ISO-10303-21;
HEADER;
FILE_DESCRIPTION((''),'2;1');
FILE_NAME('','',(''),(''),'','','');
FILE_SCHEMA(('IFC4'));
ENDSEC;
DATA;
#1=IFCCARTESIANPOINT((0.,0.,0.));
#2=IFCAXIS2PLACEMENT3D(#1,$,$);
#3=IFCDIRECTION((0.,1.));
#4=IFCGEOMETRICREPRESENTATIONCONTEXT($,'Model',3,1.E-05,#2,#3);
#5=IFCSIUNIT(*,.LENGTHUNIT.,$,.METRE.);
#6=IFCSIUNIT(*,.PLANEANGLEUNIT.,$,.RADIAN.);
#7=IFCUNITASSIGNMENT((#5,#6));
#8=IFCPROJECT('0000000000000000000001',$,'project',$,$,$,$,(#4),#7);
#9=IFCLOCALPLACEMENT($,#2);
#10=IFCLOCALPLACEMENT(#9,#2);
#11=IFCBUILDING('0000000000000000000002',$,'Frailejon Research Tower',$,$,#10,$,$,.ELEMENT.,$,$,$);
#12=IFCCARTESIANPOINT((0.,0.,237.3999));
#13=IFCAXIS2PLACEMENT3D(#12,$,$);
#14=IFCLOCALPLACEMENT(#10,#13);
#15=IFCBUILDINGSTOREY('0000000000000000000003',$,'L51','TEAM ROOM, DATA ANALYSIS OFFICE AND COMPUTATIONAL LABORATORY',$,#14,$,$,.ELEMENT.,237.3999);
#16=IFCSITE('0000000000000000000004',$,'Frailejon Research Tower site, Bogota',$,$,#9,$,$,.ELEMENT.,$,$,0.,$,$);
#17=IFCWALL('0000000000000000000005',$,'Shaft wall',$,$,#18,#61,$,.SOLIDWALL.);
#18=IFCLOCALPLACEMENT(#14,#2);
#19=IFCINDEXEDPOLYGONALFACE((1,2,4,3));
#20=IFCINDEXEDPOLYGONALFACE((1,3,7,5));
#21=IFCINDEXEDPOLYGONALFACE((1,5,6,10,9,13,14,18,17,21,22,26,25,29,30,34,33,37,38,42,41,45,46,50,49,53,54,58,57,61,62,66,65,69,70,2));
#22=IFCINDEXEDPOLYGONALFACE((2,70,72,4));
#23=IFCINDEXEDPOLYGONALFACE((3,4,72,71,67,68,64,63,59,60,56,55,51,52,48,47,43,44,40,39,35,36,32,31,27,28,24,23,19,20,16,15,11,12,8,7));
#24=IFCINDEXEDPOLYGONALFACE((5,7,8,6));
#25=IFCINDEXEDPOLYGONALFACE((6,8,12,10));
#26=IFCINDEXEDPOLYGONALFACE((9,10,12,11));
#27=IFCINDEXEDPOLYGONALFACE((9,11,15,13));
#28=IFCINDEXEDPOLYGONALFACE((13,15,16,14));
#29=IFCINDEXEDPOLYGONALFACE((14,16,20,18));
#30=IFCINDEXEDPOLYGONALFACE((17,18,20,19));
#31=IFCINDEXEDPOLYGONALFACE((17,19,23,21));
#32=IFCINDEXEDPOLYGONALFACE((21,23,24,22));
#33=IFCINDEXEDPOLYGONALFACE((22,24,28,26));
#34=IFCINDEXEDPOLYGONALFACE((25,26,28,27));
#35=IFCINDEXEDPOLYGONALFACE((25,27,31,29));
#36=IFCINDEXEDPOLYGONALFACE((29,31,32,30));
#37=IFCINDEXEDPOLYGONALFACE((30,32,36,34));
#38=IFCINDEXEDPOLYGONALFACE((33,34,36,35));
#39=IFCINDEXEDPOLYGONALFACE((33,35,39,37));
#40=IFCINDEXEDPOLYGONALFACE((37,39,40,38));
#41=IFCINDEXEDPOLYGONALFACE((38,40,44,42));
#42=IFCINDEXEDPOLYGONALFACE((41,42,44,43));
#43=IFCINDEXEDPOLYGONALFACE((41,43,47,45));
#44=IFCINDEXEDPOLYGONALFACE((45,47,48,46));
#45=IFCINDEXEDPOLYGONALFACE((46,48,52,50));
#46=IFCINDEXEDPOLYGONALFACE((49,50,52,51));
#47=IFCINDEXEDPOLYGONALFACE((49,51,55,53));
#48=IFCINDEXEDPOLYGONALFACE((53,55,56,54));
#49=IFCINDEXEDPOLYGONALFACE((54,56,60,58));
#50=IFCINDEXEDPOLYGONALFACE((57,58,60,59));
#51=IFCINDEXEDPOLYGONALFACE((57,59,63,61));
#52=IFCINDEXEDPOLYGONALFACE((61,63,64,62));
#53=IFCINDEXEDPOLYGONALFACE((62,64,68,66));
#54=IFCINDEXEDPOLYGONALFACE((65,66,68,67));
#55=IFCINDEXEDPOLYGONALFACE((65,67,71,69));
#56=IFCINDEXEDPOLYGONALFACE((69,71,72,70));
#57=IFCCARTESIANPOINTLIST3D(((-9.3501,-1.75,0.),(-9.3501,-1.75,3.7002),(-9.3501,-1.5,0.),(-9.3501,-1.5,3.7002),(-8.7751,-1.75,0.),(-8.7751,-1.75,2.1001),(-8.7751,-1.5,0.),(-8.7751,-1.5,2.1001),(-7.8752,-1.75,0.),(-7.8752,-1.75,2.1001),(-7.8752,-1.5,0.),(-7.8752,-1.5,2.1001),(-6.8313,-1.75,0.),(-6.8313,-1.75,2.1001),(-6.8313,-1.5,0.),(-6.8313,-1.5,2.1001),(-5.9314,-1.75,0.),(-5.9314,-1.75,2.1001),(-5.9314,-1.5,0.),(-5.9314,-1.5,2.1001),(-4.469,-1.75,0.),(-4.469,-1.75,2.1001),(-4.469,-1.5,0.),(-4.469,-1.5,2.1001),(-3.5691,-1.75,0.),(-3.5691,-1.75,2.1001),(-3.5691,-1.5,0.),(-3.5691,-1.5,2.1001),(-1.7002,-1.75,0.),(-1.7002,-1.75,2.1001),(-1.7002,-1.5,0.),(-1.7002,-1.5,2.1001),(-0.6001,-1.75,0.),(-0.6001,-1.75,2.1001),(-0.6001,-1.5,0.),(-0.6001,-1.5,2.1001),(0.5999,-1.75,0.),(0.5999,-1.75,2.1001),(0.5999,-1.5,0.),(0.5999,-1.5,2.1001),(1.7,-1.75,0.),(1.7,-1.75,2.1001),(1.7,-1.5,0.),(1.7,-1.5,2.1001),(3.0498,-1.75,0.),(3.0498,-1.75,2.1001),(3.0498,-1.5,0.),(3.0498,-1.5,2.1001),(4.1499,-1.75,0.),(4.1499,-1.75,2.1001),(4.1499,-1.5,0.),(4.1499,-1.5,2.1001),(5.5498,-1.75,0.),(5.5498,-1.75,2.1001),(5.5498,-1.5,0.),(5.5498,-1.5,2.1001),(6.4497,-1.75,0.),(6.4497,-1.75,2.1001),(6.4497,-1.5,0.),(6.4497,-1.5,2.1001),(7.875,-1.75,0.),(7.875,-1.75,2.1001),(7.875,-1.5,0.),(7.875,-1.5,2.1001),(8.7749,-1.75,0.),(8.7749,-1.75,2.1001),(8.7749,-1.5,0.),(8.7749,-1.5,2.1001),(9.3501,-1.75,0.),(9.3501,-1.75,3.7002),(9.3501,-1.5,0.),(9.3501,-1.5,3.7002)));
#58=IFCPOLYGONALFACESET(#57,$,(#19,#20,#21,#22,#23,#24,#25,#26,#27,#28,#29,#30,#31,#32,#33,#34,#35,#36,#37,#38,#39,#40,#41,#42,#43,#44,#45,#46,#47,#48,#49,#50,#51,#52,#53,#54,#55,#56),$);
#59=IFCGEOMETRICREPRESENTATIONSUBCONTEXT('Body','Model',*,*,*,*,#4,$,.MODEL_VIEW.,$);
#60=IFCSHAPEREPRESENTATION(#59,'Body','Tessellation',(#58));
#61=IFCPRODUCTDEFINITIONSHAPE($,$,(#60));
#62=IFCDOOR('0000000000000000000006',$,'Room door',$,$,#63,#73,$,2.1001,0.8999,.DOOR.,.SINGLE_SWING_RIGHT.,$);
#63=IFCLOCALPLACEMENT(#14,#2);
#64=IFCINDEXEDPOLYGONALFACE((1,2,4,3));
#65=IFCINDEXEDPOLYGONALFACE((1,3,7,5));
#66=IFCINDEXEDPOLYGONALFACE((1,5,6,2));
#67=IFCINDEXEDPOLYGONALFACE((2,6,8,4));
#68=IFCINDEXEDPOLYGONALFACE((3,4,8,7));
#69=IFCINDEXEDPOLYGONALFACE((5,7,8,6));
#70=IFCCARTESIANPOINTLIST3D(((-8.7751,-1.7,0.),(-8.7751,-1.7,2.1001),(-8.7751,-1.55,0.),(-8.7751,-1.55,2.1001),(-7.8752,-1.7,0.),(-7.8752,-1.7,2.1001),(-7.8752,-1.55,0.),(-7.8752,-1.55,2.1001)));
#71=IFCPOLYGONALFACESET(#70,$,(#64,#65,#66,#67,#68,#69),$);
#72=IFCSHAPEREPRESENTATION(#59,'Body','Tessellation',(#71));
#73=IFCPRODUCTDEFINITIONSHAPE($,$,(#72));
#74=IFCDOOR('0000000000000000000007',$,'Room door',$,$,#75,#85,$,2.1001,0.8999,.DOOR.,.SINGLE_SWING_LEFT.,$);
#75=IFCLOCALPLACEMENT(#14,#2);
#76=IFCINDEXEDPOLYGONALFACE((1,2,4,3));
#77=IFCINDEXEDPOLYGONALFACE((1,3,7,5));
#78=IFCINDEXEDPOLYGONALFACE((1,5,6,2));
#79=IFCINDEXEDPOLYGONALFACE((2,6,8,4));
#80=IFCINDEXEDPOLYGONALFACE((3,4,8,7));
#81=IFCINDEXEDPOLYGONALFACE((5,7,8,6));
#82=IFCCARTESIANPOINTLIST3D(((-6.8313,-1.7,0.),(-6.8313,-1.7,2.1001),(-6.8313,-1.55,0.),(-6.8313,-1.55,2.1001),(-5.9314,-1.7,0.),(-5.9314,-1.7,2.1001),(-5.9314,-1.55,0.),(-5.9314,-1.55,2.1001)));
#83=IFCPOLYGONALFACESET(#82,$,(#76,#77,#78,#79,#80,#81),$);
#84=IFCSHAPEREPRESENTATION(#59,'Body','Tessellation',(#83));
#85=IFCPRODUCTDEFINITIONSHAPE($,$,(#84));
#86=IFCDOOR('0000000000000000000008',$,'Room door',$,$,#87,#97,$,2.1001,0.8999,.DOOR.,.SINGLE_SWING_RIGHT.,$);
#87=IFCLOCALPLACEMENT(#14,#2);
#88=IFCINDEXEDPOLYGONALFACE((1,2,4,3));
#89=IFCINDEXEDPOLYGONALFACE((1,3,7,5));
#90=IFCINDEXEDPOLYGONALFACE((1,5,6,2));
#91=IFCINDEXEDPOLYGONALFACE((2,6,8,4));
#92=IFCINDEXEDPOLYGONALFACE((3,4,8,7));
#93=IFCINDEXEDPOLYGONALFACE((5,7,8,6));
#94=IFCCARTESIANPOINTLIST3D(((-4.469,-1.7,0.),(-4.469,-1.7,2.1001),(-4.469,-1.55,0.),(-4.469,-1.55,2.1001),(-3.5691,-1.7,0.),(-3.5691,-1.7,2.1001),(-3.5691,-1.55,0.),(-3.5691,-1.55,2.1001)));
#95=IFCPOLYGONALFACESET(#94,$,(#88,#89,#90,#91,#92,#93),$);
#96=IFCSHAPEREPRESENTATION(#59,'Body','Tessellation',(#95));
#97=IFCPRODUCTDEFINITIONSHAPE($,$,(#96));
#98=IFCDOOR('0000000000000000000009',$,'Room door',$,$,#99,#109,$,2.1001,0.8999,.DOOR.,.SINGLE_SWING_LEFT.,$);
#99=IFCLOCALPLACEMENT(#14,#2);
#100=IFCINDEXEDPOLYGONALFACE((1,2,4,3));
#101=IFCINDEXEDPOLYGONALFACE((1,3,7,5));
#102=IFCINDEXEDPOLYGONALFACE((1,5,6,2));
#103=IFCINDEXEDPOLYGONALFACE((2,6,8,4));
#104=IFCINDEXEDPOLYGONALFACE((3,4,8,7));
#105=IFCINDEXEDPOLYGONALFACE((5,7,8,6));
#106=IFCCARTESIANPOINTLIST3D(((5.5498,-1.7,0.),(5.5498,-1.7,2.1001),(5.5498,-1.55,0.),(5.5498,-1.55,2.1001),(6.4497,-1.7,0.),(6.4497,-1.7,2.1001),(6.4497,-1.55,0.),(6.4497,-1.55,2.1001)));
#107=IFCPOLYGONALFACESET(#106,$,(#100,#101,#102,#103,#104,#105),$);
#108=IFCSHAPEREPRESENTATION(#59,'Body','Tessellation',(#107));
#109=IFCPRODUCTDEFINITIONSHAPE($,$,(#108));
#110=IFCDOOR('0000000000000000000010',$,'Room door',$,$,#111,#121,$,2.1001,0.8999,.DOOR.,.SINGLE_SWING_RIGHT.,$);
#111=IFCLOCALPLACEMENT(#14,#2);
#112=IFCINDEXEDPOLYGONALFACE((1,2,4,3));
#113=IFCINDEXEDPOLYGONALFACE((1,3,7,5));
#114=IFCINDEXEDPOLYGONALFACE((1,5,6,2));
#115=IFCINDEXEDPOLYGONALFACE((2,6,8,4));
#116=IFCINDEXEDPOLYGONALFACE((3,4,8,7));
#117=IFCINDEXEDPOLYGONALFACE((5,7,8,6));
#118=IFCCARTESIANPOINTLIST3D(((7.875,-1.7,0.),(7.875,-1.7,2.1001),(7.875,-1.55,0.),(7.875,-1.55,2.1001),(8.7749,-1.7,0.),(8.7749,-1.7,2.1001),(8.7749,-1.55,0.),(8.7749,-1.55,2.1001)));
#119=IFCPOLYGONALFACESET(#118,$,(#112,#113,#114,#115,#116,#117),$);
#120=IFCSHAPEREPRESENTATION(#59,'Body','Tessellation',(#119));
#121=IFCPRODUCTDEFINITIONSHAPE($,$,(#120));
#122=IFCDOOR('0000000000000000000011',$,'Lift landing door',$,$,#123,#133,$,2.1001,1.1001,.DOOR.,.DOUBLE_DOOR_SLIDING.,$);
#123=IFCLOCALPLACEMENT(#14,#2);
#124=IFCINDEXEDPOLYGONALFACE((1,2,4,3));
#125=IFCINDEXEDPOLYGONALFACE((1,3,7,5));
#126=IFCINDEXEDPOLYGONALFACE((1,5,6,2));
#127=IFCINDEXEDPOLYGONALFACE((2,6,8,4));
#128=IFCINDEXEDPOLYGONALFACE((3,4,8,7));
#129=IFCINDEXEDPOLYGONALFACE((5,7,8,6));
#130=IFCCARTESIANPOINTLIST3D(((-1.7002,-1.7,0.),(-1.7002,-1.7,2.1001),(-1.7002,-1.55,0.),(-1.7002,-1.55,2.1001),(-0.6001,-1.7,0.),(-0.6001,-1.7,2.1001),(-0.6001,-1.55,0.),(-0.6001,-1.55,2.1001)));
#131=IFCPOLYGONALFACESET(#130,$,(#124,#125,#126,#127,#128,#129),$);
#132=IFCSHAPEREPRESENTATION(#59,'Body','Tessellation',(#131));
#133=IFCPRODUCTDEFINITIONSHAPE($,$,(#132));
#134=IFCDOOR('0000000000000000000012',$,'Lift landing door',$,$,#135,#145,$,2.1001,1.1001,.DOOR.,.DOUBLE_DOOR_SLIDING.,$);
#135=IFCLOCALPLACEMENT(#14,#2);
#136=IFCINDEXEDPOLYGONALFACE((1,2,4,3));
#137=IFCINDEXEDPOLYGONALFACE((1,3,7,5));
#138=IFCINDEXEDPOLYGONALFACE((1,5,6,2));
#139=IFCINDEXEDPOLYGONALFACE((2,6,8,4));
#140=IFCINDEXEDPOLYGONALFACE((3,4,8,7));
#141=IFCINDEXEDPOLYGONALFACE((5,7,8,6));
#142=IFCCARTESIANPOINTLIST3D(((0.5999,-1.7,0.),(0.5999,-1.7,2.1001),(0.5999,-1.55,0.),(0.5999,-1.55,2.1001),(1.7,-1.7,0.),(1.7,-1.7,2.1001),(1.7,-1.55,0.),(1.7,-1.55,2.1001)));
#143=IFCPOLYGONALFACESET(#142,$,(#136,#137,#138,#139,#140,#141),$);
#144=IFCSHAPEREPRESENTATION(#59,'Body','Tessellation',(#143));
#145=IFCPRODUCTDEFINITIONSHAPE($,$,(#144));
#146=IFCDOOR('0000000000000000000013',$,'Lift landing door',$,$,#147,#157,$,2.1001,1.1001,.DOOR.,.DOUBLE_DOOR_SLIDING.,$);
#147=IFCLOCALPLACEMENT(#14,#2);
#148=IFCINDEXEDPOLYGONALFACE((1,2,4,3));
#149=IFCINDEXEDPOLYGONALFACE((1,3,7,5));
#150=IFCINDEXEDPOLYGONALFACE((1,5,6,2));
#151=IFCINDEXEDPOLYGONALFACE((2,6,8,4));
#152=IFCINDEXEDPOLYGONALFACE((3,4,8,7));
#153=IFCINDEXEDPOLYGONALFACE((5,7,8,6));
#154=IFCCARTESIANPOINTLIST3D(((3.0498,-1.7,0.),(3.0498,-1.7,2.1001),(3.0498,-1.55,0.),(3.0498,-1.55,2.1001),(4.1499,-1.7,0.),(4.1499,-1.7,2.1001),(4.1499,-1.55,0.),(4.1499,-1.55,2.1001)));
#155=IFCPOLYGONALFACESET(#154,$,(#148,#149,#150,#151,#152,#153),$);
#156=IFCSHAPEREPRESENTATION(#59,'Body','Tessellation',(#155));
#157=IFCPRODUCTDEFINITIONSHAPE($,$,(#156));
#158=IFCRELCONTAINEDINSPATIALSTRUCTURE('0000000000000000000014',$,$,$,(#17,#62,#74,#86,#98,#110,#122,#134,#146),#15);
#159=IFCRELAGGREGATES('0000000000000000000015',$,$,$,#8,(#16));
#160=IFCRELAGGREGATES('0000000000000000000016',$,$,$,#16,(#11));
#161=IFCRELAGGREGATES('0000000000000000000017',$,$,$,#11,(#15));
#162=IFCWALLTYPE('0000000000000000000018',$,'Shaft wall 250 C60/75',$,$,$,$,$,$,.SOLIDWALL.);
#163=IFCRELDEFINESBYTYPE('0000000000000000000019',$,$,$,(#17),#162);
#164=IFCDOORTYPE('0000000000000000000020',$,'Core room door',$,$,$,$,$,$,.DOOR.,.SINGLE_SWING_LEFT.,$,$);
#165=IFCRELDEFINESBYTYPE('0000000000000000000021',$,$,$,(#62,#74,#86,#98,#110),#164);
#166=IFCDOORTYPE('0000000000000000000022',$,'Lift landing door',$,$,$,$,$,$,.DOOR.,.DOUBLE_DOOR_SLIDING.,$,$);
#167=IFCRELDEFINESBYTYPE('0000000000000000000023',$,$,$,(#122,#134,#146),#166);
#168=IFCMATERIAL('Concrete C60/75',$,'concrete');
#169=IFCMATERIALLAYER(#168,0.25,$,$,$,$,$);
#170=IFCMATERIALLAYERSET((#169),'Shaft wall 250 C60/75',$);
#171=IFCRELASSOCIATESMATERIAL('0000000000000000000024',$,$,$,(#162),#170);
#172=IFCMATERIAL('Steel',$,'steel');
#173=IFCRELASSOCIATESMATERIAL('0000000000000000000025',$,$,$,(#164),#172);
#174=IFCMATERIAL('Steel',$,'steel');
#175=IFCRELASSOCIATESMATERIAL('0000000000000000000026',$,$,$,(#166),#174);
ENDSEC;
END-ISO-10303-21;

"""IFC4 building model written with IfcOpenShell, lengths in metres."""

from ifc_helpers import new_model, si_unit, direction, frame, frame_2d, origin, place, context, subcontext, project, spatial, rectangle, extrude, material, layer, layer_set, type_object, element, fill, save


model = new_model("IFC4")

# Units and contexts
model_context = context("Model", 3, precision=1e-05, world=origin(), true_north=direction((0.0, 1.0)))
body_context = subcontext(model_context, "Body", "Model", "MODEL_VIEW")
ifc_project = project(units=[si_unit("LENGTHUNIT", "METRE"), si_unit("PLANEANGLEUNIT", "RADIAN")], contexts=[model_context])

# Site, building, storey
site_placement = place(None, origin())
site = spatial("IfcSite", under=ifc_project, at=site_placement, Name="Frailejon Research Tower site, Bogota", CompositionType="ELEMENT", RefElevation=0.0)
building_placement = place(site_placement, origin())
building = spatial("IfcBuilding", under=site, at=building_placement, Name="Frailejon Research Tower", CompositionType="ELEMENT")
storey_placement = place(building_placement, frame((0.0, 0.0, 237.3999)))
storey = spatial("IfcBuildingStorey", under=building, at=storey_placement, Name="L51", Description="TEAM ROOM, DATA ANALYSIS OFFICE AND COMPUTATIONAL LABORATORY", CompositionType="ELEMENT", Elevation=237.3999)

# Wall, openings, doors
ifc_material_1 = material(Name="Concrete C60/75", Category="concrete")
ifc_layer_1 = layer(ifc_material_1, 0.25)
ifc_layer_set_1 = layer_set([ifc_layer_1], Name="Shaft wall 250 C60/75")
wall_type_1 = type_object("IfcWallType", Name="Shaft wall 250 C60/75", PredefinedType="SOLIDWALL", material=ifc_layer_set_1)
wall_1_placement = place(storey_placement, frame((-9.3501, -1.625, 0.0), z_axis=(0.0, 0.0, 1.0), x_axis=(1.0, 0.0, 0.0)))
wall_1 = element("IfcWall", 1, at=wall_1_placement, inside=storey, type_object=wall_type_1, Name="Shaft wall", PredefinedType="SOLIDWALL", context=body_context, shape_type="SweptSolid", body=[
    extrude(rectangle(XDim=18.7002, YDim=0.25, at=frame_2d((9.3501, 0.0))), origin(), (0.0, 0.0, 1.0), 3.7002),
])
opening_1_placement = place(wall_1_placement, frame((7.6499, 0.0, 0.0)))
opening_1 = element("IfcOpeningElement", 2, at=opening_1_placement, cuts=wall_1, PredefinedType="OPENING", context=body_context, shape_type="SweptSolid", body=[
    extrude(rectangle(XDim=1.1001, YDim=2.1001, at=frame_2d((0.55, 1.05))), frame((0.0, 0.135, 0.0), z_axis=(0.0, -1.0, 0.0), x_axis=(1.0, 0.0, 0.0)), (0.0, 0.0, 1.0), 0.27),
])
opening_2_placement = place(wall_1_placement, frame((9.95, 0.0, 0.0)))
opening_2 = element("IfcOpeningElement", 3, at=opening_2_placement, cuts=wall_1, PredefinedType="OPENING", context=body_context, shape_type="SweptSolid", body=[
    extrude(rectangle(XDim=1.1001, YDim=2.1001, at=frame_2d((0.55, 1.05))), frame((0.0, 0.135, 0.0), z_axis=(0.0, -1.0, 0.0), x_axis=(1.0, 0.0, 0.0)), (0.0, 0.0, 1.0), 0.27),
])
opening_3_placement = place(wall_1_placement, frame((12.3999, 0.0, 0.0)))
opening_3 = element("IfcOpeningElement", 4, at=opening_3_placement, cuts=wall_1, PredefinedType="OPENING", context=body_context, shape_type="SweptSolid", body=[
    extrude(rectangle(XDim=1.1001, YDim=2.1001, at=frame_2d((0.55, 1.05))), frame((0.0, 0.135, 0.0), z_axis=(0.0, -1.0, 0.0), x_axis=(1.0, 0.0, 0.0)), (0.0, 0.0, 1.0), 0.27),
])
opening_4_placement = place(wall_1_placement, frame((0.575, 0.0, 0.0)))
opening_4 = element("IfcOpeningElement", 5, at=opening_4_placement, cuts=wall_1, PredefinedType="OPENING", context=body_context, shape_type="SweptSolid", body=[
    extrude(rectangle(XDim=0.8999, YDim=2.1001, at=frame_2d((0.45, 1.05))), frame((0.0, 0.135, 0.0), z_axis=(0.0, -1.0, 0.0), x_axis=(1.0, 0.0, 0.0)), (0.0, 0.0, 1.0), 0.27),
])
opening_5_placement = place(wall_1_placement, frame((2.5188, 0.0, 0.0)))
opening_5 = element("IfcOpeningElement", 6, at=opening_5_placement, cuts=wall_1, PredefinedType="OPENING", context=body_context, shape_type="SweptSolid", body=[
    extrude(rectangle(XDim=0.8999, YDim=2.1001, at=frame_2d((0.45, 1.05))), frame((0.0, 0.135, 0.0), z_axis=(0.0, -1.0, 0.0), x_axis=(1.0, 0.0, 0.0)), (0.0, 0.0, 1.0), 0.27),
])
opening_6_placement = place(wall_1_placement, frame((4.8811, 0.0, 0.0)))
opening_6 = element("IfcOpeningElement", 7, at=opening_6_placement, cuts=wall_1, PredefinedType="OPENING", context=body_context, shape_type="SweptSolid", body=[
    extrude(rectangle(XDim=0.8999, YDim=2.1001, at=frame_2d((0.45, 1.05))), frame((0.0, 0.135, 0.0), z_axis=(0.0, -1.0, 0.0), x_axis=(1.0, 0.0, 0.0)), (0.0, 0.0, 1.0), 0.27),
])
opening_7_placement = place(wall_1_placement, frame((14.8999, 0.0, 0.0)))
opening_7 = element("IfcOpeningElement", 8, at=opening_7_placement, cuts=wall_1, PredefinedType="OPENING", context=body_context, shape_type="SweptSolid", body=[
    extrude(rectangle(XDim=0.8999, YDim=2.1001, at=frame_2d((0.45, 1.05))), frame((0.0, 0.135, 0.0), z_axis=(0.0, -1.0, 0.0), x_axis=(1.0, 0.0, 0.0)), (0.0, 0.0, 1.0), 0.27),
])
opening_8_placement = place(wall_1_placement, frame((17.2251, 0.0, 0.0)))
opening_8 = element("IfcOpeningElement", 9, at=opening_8_placement, cuts=wall_1, PredefinedType="OPENING", context=body_context, shape_type="SweptSolid", body=[
    extrude(rectangle(XDim=0.8999, YDim=2.1001, at=frame_2d((0.45, 1.05))), frame((0.0, 0.135, 0.0), z_axis=(0.0, -1.0, 0.0), x_axis=(1.0, 0.0, 0.0)), (0.0, 0.0, 1.0), 0.27),
])
ifc_material_2 = material(Name="Steel", Category="steel")
door_type_1 = type_object("IfcDoorType", Name="Core room door", OperationType="SINGLE_SWING_LEFT", PredefinedType="DOOR", material=ifc_material_2)
door_1_placement = place(opening_4_placement, origin())
door_1 = element("IfcDoor", 10, at=door_1_placement, inside=storey, type_object=door_type_1, Name="Room door", OperationType="SINGLE_SWING_RIGHT", OverallHeight=2.1001, OverallWidth=0.8999, PredefinedType="DOOR", context=body_context, shape_type="SweptSolid", body=[
    extrude(rectangle(XDim=0.8999, YDim=2.1001, at=frame_2d((0.45, 1.05))), frame((0.0, 0.075, 0.0), z_axis=(0.0, -1.0, 0.0), x_axis=(1.0, 0.0, 0.0)), (0.0, 0.0, 1.0), 0.1499),
])
fill(opening_4, door_1)
door_2_placement = place(opening_5_placement, origin())
door_2 = element("IfcDoor", 11, at=door_2_placement, inside=storey, type_object=door_type_1, Name="Room door", OperationType="SINGLE_SWING_LEFT", OverallHeight=2.1001, OverallWidth=0.8999, PredefinedType="DOOR", context=body_context, shape_type="SweptSolid", body=[
    extrude(rectangle(XDim=0.8999, YDim=2.1001, at=frame_2d((0.45, 1.05))), frame((0.0, 0.075, 0.0), z_axis=(0.0, -1.0, 0.0), x_axis=(1.0, 0.0, 0.0)), (0.0, 0.0, 1.0), 0.1499),
])
fill(opening_5, door_2)
door_3_placement = place(opening_6_placement, origin())
door_3 = element("IfcDoor", 12, at=door_3_placement, inside=storey, type_object=door_type_1, Name="Room door", OperationType="SINGLE_SWING_RIGHT", OverallHeight=2.1001, OverallWidth=0.8999, PredefinedType="DOOR", context=body_context, shape_type="SweptSolid", body=[
    extrude(rectangle(XDim=0.8999, YDim=2.1001, at=frame_2d((0.45, 1.05))), frame((0.0, 0.075, 0.0), z_axis=(0.0, -1.0, 0.0), x_axis=(1.0, 0.0, 0.0)), (0.0, 0.0, 1.0), 0.1499),
])
fill(opening_6, door_3)
door_4_placement = place(opening_7_placement, origin())
door_4 = element("IfcDoor", 13, at=door_4_placement, inside=storey, type_object=door_type_1, Name="Room door", OperationType="SINGLE_SWING_LEFT", OverallHeight=2.1001, OverallWidth=0.8999, PredefinedType="DOOR", context=body_context, shape_type="SweptSolid", body=[
    extrude(rectangle(XDim=0.8999, YDim=2.1001, at=frame_2d((0.45, 1.05))), frame((0.0, 0.075, 0.0), z_axis=(0.0, -1.0, 0.0), x_axis=(1.0, 0.0, 0.0)), (0.0, 0.0, 1.0), 0.1499),
])
fill(opening_7, door_4)
door_5_placement = place(opening_8_placement, origin())
door_5 = element("IfcDoor", 14, at=door_5_placement, inside=storey, type_object=door_type_1, Name="Room door", OperationType="SINGLE_SWING_RIGHT", OverallHeight=2.1001, OverallWidth=0.8999, PredefinedType="DOOR", context=body_context, shape_type="SweptSolid", body=[
    extrude(rectangle(XDim=0.8999, YDim=2.1001, at=frame_2d((0.45, 1.05))), frame((0.0, 0.075, 0.0), z_axis=(0.0, -1.0, 0.0), x_axis=(1.0, 0.0, 0.0)), (0.0, 0.0, 1.0), 0.1499),
])
fill(opening_8, door_5)
ifc_material_3 = material(Name="Steel", Category="steel")
door_type_2 = type_object("IfcDoorType", Name="Lift landing door", OperationType="DOUBLE_DOOR_SLIDING", PredefinedType="DOOR", material=ifc_material_3)
door_6_placement = place(opening_1_placement, origin())
door_6 = element("IfcDoor", 15, at=door_6_placement, inside=storey, type_object=door_type_2, Name="Lift landing door", OperationType="DOUBLE_DOOR_SLIDING", OverallHeight=2.1001, OverallWidth=1.1001, PredefinedType="DOOR", context=body_context, shape_type="SweptSolid", body=[
    extrude(rectangle(XDim=1.1001, YDim=2.1001, at=frame_2d((0.55, 1.05))), frame((0.0, 0.075, 0.0), z_axis=(0.0, -1.0, 0.0), x_axis=(1.0, 0.0, 0.0)), (0.0, 0.0, 1.0), 0.1499),
])
fill(opening_1, door_6)
door_7_placement = place(opening_2_placement, origin())
door_7 = element("IfcDoor", 16, at=door_7_placement, inside=storey, type_object=door_type_2, Name="Lift landing door", OperationType="DOUBLE_DOOR_SLIDING", OverallHeight=2.1001, OverallWidth=1.1001, PredefinedType="DOOR", context=body_context, shape_type="SweptSolid", body=[
    extrude(rectangle(XDim=1.1001, YDim=2.1001, at=frame_2d((0.55, 1.05))), frame((0.0, 0.075, 0.0), z_axis=(0.0, -1.0, 0.0), x_axis=(1.0, 0.0, 0.0)), (0.0, 0.0, 1.0), 0.1499),
])
fill(opening_2, door_7)
door_8_placement = place(opening_3_placement, origin())
door_8 = element("IfcDoor", 17, at=door_8_placement, inside=storey, type_object=door_type_2, Name="Lift landing door", OperationType="DOUBLE_DOOR_SLIDING", OverallHeight=2.1001, OverallWidth=1.1001, PredefinedType="DOOR", context=body_context, shape_type="SweptSolid", body=[
    extrude(rectangle(XDim=1.1001, YDim=2.1001, at=frame_2d((0.55, 1.05))), frame((0.0, 0.075, 0.0), z_axis=(0.0, -1.0, 0.0), x_axis=(1.0, 0.0, 0.0)), (0.0, 0.0, 1.0), 0.1499),
])
fill(opening_3, door_8)

save(model, "model.ifc")
